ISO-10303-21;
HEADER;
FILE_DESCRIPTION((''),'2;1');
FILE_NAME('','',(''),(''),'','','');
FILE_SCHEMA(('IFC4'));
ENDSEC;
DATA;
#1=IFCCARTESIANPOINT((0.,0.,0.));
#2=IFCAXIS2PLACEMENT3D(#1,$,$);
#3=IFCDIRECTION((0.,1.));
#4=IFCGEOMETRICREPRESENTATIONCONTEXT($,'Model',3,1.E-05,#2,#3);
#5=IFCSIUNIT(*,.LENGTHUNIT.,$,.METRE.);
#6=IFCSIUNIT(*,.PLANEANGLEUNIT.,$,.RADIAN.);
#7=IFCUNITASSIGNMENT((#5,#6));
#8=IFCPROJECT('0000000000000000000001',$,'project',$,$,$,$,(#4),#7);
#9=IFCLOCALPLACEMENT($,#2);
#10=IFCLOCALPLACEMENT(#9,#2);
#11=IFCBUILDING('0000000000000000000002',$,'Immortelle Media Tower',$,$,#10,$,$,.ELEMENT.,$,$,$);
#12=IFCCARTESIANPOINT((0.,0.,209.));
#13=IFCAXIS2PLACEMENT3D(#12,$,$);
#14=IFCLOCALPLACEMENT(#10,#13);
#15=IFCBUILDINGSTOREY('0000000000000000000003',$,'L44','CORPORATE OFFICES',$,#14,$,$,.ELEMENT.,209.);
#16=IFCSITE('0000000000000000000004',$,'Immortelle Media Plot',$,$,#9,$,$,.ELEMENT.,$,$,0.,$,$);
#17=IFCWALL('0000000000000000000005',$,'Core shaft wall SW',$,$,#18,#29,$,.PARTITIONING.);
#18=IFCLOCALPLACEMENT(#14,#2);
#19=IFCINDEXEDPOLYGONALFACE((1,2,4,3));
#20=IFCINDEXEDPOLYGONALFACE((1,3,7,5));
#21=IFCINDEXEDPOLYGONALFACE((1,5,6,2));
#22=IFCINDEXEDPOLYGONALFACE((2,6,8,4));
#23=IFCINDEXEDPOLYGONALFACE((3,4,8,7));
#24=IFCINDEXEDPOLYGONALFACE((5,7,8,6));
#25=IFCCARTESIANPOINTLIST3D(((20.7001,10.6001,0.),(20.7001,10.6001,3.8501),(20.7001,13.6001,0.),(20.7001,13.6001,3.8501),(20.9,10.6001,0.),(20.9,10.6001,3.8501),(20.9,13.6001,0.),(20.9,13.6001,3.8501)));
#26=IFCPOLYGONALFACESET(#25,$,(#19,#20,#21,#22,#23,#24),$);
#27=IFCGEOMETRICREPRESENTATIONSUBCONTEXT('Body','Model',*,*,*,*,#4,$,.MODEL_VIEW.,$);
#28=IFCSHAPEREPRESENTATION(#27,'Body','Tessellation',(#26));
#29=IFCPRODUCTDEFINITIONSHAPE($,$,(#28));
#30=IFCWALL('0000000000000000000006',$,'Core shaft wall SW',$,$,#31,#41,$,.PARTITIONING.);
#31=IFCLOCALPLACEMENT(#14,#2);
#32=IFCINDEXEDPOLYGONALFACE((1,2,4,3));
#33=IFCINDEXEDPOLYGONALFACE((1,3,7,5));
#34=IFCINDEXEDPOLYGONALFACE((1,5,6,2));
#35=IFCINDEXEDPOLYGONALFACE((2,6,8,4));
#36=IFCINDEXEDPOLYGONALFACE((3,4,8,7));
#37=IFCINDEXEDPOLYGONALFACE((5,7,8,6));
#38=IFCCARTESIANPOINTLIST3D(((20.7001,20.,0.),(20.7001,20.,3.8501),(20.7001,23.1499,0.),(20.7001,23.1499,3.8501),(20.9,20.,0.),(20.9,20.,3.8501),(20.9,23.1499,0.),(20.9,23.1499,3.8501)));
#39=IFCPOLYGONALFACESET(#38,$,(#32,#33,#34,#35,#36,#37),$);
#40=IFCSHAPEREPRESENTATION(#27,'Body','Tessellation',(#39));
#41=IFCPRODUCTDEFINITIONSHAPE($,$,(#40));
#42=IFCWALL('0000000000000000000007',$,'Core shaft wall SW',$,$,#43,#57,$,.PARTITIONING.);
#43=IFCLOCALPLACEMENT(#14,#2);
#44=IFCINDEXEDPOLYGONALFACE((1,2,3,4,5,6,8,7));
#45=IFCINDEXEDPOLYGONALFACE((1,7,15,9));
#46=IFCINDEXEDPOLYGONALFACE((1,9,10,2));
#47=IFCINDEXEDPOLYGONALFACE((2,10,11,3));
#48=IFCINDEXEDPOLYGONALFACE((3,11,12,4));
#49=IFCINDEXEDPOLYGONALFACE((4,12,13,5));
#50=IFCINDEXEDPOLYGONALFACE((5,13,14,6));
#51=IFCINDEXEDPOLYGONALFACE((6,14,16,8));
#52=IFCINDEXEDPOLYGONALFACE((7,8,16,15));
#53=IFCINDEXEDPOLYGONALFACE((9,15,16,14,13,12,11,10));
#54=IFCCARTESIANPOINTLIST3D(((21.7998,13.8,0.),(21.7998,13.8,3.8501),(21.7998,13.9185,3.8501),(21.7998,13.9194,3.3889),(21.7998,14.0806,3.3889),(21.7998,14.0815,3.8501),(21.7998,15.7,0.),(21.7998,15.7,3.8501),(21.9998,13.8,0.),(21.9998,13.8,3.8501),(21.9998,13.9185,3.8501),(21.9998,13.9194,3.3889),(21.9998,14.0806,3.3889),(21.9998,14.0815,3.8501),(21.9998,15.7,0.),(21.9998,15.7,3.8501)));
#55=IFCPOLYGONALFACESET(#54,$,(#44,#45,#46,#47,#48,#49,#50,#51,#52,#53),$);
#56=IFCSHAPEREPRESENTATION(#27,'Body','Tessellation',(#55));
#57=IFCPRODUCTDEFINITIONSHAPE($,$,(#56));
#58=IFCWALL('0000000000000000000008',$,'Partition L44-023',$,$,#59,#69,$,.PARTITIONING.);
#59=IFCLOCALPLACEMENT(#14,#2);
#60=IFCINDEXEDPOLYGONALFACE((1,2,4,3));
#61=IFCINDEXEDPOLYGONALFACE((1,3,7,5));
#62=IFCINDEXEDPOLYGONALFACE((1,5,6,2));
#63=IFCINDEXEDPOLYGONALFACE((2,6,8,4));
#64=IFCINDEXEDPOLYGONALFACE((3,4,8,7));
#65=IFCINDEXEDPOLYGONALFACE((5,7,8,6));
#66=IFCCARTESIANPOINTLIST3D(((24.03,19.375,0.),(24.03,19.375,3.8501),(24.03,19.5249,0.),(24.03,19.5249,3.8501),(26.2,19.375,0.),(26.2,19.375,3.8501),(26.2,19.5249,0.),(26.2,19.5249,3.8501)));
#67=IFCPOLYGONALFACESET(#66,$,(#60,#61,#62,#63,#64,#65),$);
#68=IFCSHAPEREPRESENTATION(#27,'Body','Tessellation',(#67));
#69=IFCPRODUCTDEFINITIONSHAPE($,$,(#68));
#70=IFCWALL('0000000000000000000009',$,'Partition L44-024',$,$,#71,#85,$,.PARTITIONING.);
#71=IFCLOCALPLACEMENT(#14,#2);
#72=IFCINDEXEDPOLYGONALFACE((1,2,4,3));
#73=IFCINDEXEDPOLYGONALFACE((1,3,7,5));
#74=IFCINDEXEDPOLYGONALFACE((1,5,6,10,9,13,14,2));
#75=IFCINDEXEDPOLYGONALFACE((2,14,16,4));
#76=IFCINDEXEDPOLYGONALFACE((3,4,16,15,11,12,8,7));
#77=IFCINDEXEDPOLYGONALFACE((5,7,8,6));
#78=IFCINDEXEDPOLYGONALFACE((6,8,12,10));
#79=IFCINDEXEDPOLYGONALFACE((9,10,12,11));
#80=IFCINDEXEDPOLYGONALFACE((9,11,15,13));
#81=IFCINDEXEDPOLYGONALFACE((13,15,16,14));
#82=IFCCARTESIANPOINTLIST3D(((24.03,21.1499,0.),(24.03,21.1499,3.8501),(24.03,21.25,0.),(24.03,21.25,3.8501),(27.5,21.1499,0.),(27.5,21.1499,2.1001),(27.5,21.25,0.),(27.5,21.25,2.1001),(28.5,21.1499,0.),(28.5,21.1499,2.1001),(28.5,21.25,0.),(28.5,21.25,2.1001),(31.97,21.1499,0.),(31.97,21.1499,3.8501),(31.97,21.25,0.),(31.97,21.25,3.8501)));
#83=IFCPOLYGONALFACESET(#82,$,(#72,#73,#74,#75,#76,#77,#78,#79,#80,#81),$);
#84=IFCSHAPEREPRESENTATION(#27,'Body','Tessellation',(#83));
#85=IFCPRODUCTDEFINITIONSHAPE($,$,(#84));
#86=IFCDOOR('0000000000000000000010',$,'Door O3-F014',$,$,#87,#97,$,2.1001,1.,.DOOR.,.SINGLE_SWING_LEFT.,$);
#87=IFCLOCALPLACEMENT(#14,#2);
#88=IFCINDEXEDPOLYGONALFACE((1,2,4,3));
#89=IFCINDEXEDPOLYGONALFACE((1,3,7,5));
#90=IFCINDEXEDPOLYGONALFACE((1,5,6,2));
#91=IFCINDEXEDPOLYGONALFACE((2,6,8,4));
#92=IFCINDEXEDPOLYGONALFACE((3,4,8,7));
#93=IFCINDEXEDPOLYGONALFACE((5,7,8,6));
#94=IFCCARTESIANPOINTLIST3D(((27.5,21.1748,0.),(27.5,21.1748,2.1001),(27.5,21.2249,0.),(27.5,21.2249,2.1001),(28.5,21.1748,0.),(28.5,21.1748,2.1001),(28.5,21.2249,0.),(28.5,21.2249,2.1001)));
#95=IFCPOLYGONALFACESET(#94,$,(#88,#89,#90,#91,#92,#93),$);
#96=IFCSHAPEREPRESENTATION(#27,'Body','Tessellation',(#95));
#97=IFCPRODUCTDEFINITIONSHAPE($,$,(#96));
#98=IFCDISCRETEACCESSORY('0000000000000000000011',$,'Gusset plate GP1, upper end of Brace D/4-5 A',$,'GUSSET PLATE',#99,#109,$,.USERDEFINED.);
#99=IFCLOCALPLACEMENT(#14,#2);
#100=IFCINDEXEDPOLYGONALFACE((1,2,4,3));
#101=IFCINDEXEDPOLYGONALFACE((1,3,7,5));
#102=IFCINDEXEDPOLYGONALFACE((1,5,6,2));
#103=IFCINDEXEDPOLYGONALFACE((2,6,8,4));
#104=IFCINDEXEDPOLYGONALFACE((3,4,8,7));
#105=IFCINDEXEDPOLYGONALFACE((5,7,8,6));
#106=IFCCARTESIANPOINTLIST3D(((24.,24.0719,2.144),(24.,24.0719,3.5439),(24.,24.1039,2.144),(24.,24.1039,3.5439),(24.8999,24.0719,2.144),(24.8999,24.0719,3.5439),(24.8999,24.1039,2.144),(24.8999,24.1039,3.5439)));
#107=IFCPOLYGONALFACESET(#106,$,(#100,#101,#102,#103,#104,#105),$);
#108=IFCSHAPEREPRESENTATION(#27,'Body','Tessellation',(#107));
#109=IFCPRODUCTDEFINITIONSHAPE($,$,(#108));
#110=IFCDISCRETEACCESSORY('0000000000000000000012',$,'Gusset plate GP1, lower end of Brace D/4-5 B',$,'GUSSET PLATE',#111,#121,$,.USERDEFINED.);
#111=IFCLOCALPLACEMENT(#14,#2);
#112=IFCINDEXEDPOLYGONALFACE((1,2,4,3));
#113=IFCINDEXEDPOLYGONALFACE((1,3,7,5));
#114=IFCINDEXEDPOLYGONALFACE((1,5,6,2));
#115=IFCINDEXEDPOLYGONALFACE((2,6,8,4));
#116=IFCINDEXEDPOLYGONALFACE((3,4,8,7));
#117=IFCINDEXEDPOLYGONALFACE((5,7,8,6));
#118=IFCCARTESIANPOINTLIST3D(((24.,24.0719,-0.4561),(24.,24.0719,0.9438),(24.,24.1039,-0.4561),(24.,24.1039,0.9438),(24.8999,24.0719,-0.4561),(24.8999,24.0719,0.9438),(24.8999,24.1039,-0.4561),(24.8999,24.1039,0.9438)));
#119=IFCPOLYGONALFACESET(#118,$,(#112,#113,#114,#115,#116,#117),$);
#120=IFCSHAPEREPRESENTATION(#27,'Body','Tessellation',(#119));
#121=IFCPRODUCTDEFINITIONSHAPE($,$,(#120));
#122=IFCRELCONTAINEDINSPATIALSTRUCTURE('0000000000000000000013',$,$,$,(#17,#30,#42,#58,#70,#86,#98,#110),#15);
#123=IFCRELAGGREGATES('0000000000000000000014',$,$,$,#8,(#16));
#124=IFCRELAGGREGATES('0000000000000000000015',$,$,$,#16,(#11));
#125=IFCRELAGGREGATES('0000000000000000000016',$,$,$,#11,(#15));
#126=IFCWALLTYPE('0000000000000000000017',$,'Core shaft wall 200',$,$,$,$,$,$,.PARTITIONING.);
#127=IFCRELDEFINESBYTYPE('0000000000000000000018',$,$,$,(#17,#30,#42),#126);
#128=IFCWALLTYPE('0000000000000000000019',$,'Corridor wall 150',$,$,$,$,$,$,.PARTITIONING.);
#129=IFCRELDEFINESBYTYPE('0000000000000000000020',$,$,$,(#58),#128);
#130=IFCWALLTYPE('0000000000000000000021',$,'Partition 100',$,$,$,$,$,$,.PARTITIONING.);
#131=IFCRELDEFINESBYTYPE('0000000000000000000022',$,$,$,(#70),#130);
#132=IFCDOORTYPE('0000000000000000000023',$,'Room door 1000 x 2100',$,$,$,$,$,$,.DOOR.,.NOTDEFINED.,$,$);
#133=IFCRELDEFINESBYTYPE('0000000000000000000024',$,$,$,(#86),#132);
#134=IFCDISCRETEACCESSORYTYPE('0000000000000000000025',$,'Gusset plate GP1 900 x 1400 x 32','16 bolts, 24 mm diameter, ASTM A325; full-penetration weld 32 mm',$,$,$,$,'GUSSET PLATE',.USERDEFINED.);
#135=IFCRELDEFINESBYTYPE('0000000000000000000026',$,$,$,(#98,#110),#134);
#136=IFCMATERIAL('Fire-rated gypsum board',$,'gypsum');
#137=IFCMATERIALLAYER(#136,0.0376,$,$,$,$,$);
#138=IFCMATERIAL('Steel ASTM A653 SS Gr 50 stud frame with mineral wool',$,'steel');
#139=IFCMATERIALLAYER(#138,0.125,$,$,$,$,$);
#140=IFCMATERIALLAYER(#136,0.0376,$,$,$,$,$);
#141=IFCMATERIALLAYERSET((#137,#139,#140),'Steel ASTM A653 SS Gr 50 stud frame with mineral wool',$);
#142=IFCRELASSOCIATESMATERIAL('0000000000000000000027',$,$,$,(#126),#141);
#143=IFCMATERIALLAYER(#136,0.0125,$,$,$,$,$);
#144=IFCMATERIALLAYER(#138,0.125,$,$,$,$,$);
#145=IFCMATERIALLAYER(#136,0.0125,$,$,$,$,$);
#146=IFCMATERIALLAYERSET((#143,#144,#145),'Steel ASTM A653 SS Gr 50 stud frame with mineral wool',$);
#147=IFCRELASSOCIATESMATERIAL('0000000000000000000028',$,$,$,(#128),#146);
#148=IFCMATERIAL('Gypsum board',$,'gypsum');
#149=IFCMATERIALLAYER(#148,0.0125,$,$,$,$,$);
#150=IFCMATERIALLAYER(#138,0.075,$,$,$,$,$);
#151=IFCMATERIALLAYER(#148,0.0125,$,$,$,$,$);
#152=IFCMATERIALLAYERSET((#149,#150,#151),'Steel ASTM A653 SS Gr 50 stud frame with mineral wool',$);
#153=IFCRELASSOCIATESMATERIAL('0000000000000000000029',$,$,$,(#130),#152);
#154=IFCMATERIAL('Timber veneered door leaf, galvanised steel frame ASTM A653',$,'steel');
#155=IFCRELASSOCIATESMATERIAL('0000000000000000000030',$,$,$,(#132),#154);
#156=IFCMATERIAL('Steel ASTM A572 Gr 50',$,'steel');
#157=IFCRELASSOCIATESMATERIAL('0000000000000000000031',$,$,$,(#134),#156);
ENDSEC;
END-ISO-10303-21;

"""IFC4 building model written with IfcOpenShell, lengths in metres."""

from ifc_helpers import new_model, si_unit, direction, frame, frame_2d, origin, origin_2d, place, context, subcontext, project, spatial, polyline, rectangle, outline, extrude, material, layer, layer_set, material_profile, profile_set, type_object, element, fill, save


model = new_model("IFC4")

# Units and contexts
model_context = context("Model", 3, precision=1e-05, world=origin(), true_north=direction((0.0, 1.0)))
body_context = subcontext(model_context, "Body", "Model", "MODEL_VIEW")
ifc_project = project(units=[si_unit("LENGTHUNIT", "METRE"), si_unit("PLANEANGLEUNIT", "RADIAN")], contexts=[model_context])

# Site, building, storey
site_placement = place(None, origin())
site = spatial("IfcSite", under=ifc_project, at=site_placement, Name="Immortelle Media Plot", CompositionType="ELEMENT", RefElevation=0.0)
building_placement = place(site_placement, origin())
building = spatial("IfcBuilding", under=site, at=building_placement, Name="Immortelle Media Tower", CompositionType="ELEMENT")
storey_placement = place(building_placement, frame((0.0, 0.0, 209.0)))
storey = spatial("IfcBuildingStorey", under=building, at=storey_placement, Name="L44", Description="CORPORATE OFFICES", CompositionType="ELEMENT", Elevation=209.0)

# Shared definitions
ifc_material_1 = material(Name="Fire-rated gypsum board", Category="gypsum")
ifc_material_2 = material(Name="Steel ASTM A653 SS Gr 50 stud frame with mineral wool", Category="steel")

# Walls
ifc_layer_1 = layer(ifc_material_1, 0.0376)
ifc_layer_2 = layer(ifc_material_2, 0.125)
ifc_layer_3 = layer(ifc_material_1, 0.0376)
ifc_layer_set_1 = layer_set([ifc_layer_1, ifc_layer_2, ifc_layer_3], Name="Steel ASTM A653 SS Gr 50 stud frame with mineral wool")
wall_type_1 = type_object("IfcWallType", Name="Core shaft wall 200", PredefinedType="PARTITIONING", material=ifc_layer_set_1)
wall_1_placement = place(storey_placement, frame((20.8, 10.6001, 0.0), z_axis=(0.0, 0.0, 1.0), x_axis=(0.0, 1.0, 0.0)))
element("IfcWall", 1, at=wall_1_placement, inside=storey, type_object=wall_type_1, Name="Core shaft wall SW", PredefinedType="PARTITIONING", context=body_context, shape_type="SweptSolid", body=[
    extrude(rectangle(XDim=3.0, YDim=0.2, at=frame_2d((1.5, 0.0))), origin(), (0.0, 0.0, 1.0), 3.8501),
])
wall_2_placement = place(storey_placement, frame((20.8, 20.0, 0.0), z_axis=(0.0, 0.0, 1.0), x_axis=(0.0, 1.0, 0.0)))
element("IfcWall", 2, at=wall_2_placement, inside=storey, type_object=wall_type_1, Name="Core shaft wall SW", PredefinedType="PARTITIONING", context=body_context, shape_type="SweptSolid", body=[
    extrude(rectangle(XDim=3.1499, YDim=0.2, at=frame_2d((1.575, 0.0))), origin(), (0.0, 0.0, 1.0), 3.8501),
])
wall_3_placement = place(storey_placement, frame((21.8999, 13.8, 0.0), z_axis=(0.0, 0.0, 1.0), x_axis=(0.0, 1.0, 0.0)))
element("IfcWall", 3, at=wall_3_placement, inside=storey, type_object=wall_type_1, Name="Core shaft wall SW", PredefinedType="PARTITIONING", context=body_context, shape_type="SweptSolid", body=[
    extrude(outline(polyline([(0.0, 0.0), (1.8999, 0.0), (1.8999, 3.8501), (0.2815, 3.8501), (0.2805, 3.3889), (0.1194, 3.3889), (0.1184, 3.8501), (0.0, 3.8501), (0.0, 0.0)])), frame((0.0, 0.1001, 0.0), z_axis=(0.0, -1.0, 0.0), x_axis=(1.0, 0.0, 0.0)), (0.0, 0.0, 1.0), 0.2),
])
ifc_layer_4 = layer(ifc_material_1, 0.0125)
ifc_layer_5 = layer(ifc_material_2, 0.125)
ifc_layer_6 = layer(ifc_material_1, 0.0125)
ifc_layer_set_2 = layer_set([ifc_layer_4, ifc_layer_5, ifc_layer_6], Name="Steel ASTM A653 SS Gr 50 stud frame with mineral wool")
wall_type_2 = type_object("IfcWallType", Name="Corridor wall 150", PredefinedType="PARTITIONING", material=ifc_layer_set_2)
wall_4_placement = place(storey_placement, frame((24.03, 19.45, 0.0), z_axis=(0.0, 0.0, 1.0), x_axis=(1.0, 0.0, 0.0)))
element("IfcWall", 4, at=wall_4_placement, inside=storey, type_object=wall_type_2, Name="Partition L44-023", PredefinedType="PARTITIONING", context=body_context, shape_type="SweptSolid", body=[
    extrude(rectangle(XDim=2.1699, YDim=0.1499, at=frame_2d((1.085, 0.0))), origin(), (0.0, 0.0, 1.0), 3.8501),
])

# Wall, opening, door
ifc_material_3 = material(Name="Gypsum board", Category="gypsum")
ifc_layer_7 = layer(ifc_material_3, 0.0125)
ifc_layer_8 = layer(ifc_material_2, 0.075)
ifc_layer_9 = layer(ifc_material_3, 0.0125)
ifc_layer_set_3 = layer_set([ifc_layer_7, ifc_layer_8, ifc_layer_9], Name="Steel ASTM A653 SS Gr 50 stud frame with mineral wool")
wall_type_3 = type_object("IfcWallType", Name="Partition 100", PredefinedType="PARTITIONING", material=ifc_layer_set_3)
wall_5_placement = place(storey_placement, frame((24.03, 21.2, 0.0), z_axis=(0.0, 0.0, 1.0), x_axis=(1.0, 0.0, 0.0)))
wall_5 = element("IfcWall", 5, at=wall_5_placement, inside=storey, type_object=wall_type_3, Name="Partition L44-024", PredefinedType="PARTITIONING", context=body_context, shape_type="SweptSolid", body=[
    extrude(rectangle(XDim=7.9399, YDim=0.1001, at=frame_2d((3.97, 0.0))), origin(), (0.0, 0.0, 1.0), 3.8501),
])
opening_1_placement = place(wall_5_placement, frame((3.47, 0.0, 0.0)))
opening_1 = element("IfcOpeningElement", 6, at=opening_1_placement, cuts=wall_5, PredefinedType="OPENING", context=body_context, shape_type="SweptSolid", body=[
    extrude(rectangle(XDim=1.0, YDim=2.1001, at=frame_2d((0.5, 1.05))), frame((0.0, 0.0601, 0.0), z_axis=(0.0, -1.0, 0.0), x_axis=(1.0, 0.0, 0.0)), (0.0, 0.0, 1.0), 0.1201),
])
ifc_material_4 = material(Name="Timber veneered door leaf, galvanised steel frame ASTM A653", Category="steel")
door_type_1 = type_object("IfcDoorType", Name="Room door 1000 x 2100", OperationType="NOTDEFINED", PredefinedType="DOOR", material=ifc_material_4)
door_1_placement = place(opening_1_placement, origin())
door_1 = element("IfcDoor", 7, at=door_1_placement, inside=storey, type_object=door_type_1, Name="Door O3-F014", OperationType="SINGLE_SWING_LEFT", OverallHeight=2.1001, OverallWidth=1.0, PredefinedType="DOOR", context=body_context, shape_type="SweptSolid", body=[
    extrude(rectangle(XDim=1.0, YDim=2.1001, at=frame_2d((0.5, 1.05))), frame((0.0, 0.0249, 0.0), z_axis=(0.0, -1.0, 0.0), x_axis=(1.0, 0.0, 0.0)), (0.0, 0.0, 1.0), 0.05),
])
fill(opening_1, door_1)

# Discrete accessories
ifc_material_5 = material(Name="Steel ASTM A572 Gr 50", Category="steel")
ifc_material_profile_1 = material_profile(ifc_material_5, rectangle(XDim=0.032, YDim=1.3999, at=origin_2d()), Name="PL 32 x 1400")
ifc_profile_set_1 = profile_set([ifc_material_profile_1], Name="Steel ASTM A572 Gr 50")
discrete_accessory_type = type_object("IfcDiscreteAccessoryType", Name="Gusset plate GP1 900 x 1400 x 32", Description="16 bolts, 24 mm diameter, ASTM A325; full-penetration weld 32 mm", ElementType="GUSSET PLATE", PredefinedType="USERDEFINED", material=ifc_profile_set_1)
for number, where, z_axis, x_axis, name in (
    (8, (24.0, 24.0879, 2.844), (1.0, 0.0, 0.0), (0.0, 1.0, 0.0), "Gusset plate GP1, upper end of Brace D/4-5 A"),
    (9, (24.0, 24.0879, 0.2439), (1.0, 0.0, 0.0), (0.0, 1.0, 0.0), "Gusset plate GP1, lower end of Brace D/4-5 B"),
):
    element("IfcDiscreteAccessory", number, at=place(storey_placement, frame(where, z_axis=z_axis, x_axis=x_axis)), inside=storey, type_object=discrete_accessory_type, Name=name, ObjectType="GUSSET PLATE", PredefinedType="USERDEFINED", context=body_context, shape_type="SweptSolid", body=[
        extrude(rectangle(XDim=0.032, YDim=1.3999, at=origin_2d()), origin(), (0.0, 0.0, 1.0), 0.8999),
    ])

save(model, "model.ifc")
